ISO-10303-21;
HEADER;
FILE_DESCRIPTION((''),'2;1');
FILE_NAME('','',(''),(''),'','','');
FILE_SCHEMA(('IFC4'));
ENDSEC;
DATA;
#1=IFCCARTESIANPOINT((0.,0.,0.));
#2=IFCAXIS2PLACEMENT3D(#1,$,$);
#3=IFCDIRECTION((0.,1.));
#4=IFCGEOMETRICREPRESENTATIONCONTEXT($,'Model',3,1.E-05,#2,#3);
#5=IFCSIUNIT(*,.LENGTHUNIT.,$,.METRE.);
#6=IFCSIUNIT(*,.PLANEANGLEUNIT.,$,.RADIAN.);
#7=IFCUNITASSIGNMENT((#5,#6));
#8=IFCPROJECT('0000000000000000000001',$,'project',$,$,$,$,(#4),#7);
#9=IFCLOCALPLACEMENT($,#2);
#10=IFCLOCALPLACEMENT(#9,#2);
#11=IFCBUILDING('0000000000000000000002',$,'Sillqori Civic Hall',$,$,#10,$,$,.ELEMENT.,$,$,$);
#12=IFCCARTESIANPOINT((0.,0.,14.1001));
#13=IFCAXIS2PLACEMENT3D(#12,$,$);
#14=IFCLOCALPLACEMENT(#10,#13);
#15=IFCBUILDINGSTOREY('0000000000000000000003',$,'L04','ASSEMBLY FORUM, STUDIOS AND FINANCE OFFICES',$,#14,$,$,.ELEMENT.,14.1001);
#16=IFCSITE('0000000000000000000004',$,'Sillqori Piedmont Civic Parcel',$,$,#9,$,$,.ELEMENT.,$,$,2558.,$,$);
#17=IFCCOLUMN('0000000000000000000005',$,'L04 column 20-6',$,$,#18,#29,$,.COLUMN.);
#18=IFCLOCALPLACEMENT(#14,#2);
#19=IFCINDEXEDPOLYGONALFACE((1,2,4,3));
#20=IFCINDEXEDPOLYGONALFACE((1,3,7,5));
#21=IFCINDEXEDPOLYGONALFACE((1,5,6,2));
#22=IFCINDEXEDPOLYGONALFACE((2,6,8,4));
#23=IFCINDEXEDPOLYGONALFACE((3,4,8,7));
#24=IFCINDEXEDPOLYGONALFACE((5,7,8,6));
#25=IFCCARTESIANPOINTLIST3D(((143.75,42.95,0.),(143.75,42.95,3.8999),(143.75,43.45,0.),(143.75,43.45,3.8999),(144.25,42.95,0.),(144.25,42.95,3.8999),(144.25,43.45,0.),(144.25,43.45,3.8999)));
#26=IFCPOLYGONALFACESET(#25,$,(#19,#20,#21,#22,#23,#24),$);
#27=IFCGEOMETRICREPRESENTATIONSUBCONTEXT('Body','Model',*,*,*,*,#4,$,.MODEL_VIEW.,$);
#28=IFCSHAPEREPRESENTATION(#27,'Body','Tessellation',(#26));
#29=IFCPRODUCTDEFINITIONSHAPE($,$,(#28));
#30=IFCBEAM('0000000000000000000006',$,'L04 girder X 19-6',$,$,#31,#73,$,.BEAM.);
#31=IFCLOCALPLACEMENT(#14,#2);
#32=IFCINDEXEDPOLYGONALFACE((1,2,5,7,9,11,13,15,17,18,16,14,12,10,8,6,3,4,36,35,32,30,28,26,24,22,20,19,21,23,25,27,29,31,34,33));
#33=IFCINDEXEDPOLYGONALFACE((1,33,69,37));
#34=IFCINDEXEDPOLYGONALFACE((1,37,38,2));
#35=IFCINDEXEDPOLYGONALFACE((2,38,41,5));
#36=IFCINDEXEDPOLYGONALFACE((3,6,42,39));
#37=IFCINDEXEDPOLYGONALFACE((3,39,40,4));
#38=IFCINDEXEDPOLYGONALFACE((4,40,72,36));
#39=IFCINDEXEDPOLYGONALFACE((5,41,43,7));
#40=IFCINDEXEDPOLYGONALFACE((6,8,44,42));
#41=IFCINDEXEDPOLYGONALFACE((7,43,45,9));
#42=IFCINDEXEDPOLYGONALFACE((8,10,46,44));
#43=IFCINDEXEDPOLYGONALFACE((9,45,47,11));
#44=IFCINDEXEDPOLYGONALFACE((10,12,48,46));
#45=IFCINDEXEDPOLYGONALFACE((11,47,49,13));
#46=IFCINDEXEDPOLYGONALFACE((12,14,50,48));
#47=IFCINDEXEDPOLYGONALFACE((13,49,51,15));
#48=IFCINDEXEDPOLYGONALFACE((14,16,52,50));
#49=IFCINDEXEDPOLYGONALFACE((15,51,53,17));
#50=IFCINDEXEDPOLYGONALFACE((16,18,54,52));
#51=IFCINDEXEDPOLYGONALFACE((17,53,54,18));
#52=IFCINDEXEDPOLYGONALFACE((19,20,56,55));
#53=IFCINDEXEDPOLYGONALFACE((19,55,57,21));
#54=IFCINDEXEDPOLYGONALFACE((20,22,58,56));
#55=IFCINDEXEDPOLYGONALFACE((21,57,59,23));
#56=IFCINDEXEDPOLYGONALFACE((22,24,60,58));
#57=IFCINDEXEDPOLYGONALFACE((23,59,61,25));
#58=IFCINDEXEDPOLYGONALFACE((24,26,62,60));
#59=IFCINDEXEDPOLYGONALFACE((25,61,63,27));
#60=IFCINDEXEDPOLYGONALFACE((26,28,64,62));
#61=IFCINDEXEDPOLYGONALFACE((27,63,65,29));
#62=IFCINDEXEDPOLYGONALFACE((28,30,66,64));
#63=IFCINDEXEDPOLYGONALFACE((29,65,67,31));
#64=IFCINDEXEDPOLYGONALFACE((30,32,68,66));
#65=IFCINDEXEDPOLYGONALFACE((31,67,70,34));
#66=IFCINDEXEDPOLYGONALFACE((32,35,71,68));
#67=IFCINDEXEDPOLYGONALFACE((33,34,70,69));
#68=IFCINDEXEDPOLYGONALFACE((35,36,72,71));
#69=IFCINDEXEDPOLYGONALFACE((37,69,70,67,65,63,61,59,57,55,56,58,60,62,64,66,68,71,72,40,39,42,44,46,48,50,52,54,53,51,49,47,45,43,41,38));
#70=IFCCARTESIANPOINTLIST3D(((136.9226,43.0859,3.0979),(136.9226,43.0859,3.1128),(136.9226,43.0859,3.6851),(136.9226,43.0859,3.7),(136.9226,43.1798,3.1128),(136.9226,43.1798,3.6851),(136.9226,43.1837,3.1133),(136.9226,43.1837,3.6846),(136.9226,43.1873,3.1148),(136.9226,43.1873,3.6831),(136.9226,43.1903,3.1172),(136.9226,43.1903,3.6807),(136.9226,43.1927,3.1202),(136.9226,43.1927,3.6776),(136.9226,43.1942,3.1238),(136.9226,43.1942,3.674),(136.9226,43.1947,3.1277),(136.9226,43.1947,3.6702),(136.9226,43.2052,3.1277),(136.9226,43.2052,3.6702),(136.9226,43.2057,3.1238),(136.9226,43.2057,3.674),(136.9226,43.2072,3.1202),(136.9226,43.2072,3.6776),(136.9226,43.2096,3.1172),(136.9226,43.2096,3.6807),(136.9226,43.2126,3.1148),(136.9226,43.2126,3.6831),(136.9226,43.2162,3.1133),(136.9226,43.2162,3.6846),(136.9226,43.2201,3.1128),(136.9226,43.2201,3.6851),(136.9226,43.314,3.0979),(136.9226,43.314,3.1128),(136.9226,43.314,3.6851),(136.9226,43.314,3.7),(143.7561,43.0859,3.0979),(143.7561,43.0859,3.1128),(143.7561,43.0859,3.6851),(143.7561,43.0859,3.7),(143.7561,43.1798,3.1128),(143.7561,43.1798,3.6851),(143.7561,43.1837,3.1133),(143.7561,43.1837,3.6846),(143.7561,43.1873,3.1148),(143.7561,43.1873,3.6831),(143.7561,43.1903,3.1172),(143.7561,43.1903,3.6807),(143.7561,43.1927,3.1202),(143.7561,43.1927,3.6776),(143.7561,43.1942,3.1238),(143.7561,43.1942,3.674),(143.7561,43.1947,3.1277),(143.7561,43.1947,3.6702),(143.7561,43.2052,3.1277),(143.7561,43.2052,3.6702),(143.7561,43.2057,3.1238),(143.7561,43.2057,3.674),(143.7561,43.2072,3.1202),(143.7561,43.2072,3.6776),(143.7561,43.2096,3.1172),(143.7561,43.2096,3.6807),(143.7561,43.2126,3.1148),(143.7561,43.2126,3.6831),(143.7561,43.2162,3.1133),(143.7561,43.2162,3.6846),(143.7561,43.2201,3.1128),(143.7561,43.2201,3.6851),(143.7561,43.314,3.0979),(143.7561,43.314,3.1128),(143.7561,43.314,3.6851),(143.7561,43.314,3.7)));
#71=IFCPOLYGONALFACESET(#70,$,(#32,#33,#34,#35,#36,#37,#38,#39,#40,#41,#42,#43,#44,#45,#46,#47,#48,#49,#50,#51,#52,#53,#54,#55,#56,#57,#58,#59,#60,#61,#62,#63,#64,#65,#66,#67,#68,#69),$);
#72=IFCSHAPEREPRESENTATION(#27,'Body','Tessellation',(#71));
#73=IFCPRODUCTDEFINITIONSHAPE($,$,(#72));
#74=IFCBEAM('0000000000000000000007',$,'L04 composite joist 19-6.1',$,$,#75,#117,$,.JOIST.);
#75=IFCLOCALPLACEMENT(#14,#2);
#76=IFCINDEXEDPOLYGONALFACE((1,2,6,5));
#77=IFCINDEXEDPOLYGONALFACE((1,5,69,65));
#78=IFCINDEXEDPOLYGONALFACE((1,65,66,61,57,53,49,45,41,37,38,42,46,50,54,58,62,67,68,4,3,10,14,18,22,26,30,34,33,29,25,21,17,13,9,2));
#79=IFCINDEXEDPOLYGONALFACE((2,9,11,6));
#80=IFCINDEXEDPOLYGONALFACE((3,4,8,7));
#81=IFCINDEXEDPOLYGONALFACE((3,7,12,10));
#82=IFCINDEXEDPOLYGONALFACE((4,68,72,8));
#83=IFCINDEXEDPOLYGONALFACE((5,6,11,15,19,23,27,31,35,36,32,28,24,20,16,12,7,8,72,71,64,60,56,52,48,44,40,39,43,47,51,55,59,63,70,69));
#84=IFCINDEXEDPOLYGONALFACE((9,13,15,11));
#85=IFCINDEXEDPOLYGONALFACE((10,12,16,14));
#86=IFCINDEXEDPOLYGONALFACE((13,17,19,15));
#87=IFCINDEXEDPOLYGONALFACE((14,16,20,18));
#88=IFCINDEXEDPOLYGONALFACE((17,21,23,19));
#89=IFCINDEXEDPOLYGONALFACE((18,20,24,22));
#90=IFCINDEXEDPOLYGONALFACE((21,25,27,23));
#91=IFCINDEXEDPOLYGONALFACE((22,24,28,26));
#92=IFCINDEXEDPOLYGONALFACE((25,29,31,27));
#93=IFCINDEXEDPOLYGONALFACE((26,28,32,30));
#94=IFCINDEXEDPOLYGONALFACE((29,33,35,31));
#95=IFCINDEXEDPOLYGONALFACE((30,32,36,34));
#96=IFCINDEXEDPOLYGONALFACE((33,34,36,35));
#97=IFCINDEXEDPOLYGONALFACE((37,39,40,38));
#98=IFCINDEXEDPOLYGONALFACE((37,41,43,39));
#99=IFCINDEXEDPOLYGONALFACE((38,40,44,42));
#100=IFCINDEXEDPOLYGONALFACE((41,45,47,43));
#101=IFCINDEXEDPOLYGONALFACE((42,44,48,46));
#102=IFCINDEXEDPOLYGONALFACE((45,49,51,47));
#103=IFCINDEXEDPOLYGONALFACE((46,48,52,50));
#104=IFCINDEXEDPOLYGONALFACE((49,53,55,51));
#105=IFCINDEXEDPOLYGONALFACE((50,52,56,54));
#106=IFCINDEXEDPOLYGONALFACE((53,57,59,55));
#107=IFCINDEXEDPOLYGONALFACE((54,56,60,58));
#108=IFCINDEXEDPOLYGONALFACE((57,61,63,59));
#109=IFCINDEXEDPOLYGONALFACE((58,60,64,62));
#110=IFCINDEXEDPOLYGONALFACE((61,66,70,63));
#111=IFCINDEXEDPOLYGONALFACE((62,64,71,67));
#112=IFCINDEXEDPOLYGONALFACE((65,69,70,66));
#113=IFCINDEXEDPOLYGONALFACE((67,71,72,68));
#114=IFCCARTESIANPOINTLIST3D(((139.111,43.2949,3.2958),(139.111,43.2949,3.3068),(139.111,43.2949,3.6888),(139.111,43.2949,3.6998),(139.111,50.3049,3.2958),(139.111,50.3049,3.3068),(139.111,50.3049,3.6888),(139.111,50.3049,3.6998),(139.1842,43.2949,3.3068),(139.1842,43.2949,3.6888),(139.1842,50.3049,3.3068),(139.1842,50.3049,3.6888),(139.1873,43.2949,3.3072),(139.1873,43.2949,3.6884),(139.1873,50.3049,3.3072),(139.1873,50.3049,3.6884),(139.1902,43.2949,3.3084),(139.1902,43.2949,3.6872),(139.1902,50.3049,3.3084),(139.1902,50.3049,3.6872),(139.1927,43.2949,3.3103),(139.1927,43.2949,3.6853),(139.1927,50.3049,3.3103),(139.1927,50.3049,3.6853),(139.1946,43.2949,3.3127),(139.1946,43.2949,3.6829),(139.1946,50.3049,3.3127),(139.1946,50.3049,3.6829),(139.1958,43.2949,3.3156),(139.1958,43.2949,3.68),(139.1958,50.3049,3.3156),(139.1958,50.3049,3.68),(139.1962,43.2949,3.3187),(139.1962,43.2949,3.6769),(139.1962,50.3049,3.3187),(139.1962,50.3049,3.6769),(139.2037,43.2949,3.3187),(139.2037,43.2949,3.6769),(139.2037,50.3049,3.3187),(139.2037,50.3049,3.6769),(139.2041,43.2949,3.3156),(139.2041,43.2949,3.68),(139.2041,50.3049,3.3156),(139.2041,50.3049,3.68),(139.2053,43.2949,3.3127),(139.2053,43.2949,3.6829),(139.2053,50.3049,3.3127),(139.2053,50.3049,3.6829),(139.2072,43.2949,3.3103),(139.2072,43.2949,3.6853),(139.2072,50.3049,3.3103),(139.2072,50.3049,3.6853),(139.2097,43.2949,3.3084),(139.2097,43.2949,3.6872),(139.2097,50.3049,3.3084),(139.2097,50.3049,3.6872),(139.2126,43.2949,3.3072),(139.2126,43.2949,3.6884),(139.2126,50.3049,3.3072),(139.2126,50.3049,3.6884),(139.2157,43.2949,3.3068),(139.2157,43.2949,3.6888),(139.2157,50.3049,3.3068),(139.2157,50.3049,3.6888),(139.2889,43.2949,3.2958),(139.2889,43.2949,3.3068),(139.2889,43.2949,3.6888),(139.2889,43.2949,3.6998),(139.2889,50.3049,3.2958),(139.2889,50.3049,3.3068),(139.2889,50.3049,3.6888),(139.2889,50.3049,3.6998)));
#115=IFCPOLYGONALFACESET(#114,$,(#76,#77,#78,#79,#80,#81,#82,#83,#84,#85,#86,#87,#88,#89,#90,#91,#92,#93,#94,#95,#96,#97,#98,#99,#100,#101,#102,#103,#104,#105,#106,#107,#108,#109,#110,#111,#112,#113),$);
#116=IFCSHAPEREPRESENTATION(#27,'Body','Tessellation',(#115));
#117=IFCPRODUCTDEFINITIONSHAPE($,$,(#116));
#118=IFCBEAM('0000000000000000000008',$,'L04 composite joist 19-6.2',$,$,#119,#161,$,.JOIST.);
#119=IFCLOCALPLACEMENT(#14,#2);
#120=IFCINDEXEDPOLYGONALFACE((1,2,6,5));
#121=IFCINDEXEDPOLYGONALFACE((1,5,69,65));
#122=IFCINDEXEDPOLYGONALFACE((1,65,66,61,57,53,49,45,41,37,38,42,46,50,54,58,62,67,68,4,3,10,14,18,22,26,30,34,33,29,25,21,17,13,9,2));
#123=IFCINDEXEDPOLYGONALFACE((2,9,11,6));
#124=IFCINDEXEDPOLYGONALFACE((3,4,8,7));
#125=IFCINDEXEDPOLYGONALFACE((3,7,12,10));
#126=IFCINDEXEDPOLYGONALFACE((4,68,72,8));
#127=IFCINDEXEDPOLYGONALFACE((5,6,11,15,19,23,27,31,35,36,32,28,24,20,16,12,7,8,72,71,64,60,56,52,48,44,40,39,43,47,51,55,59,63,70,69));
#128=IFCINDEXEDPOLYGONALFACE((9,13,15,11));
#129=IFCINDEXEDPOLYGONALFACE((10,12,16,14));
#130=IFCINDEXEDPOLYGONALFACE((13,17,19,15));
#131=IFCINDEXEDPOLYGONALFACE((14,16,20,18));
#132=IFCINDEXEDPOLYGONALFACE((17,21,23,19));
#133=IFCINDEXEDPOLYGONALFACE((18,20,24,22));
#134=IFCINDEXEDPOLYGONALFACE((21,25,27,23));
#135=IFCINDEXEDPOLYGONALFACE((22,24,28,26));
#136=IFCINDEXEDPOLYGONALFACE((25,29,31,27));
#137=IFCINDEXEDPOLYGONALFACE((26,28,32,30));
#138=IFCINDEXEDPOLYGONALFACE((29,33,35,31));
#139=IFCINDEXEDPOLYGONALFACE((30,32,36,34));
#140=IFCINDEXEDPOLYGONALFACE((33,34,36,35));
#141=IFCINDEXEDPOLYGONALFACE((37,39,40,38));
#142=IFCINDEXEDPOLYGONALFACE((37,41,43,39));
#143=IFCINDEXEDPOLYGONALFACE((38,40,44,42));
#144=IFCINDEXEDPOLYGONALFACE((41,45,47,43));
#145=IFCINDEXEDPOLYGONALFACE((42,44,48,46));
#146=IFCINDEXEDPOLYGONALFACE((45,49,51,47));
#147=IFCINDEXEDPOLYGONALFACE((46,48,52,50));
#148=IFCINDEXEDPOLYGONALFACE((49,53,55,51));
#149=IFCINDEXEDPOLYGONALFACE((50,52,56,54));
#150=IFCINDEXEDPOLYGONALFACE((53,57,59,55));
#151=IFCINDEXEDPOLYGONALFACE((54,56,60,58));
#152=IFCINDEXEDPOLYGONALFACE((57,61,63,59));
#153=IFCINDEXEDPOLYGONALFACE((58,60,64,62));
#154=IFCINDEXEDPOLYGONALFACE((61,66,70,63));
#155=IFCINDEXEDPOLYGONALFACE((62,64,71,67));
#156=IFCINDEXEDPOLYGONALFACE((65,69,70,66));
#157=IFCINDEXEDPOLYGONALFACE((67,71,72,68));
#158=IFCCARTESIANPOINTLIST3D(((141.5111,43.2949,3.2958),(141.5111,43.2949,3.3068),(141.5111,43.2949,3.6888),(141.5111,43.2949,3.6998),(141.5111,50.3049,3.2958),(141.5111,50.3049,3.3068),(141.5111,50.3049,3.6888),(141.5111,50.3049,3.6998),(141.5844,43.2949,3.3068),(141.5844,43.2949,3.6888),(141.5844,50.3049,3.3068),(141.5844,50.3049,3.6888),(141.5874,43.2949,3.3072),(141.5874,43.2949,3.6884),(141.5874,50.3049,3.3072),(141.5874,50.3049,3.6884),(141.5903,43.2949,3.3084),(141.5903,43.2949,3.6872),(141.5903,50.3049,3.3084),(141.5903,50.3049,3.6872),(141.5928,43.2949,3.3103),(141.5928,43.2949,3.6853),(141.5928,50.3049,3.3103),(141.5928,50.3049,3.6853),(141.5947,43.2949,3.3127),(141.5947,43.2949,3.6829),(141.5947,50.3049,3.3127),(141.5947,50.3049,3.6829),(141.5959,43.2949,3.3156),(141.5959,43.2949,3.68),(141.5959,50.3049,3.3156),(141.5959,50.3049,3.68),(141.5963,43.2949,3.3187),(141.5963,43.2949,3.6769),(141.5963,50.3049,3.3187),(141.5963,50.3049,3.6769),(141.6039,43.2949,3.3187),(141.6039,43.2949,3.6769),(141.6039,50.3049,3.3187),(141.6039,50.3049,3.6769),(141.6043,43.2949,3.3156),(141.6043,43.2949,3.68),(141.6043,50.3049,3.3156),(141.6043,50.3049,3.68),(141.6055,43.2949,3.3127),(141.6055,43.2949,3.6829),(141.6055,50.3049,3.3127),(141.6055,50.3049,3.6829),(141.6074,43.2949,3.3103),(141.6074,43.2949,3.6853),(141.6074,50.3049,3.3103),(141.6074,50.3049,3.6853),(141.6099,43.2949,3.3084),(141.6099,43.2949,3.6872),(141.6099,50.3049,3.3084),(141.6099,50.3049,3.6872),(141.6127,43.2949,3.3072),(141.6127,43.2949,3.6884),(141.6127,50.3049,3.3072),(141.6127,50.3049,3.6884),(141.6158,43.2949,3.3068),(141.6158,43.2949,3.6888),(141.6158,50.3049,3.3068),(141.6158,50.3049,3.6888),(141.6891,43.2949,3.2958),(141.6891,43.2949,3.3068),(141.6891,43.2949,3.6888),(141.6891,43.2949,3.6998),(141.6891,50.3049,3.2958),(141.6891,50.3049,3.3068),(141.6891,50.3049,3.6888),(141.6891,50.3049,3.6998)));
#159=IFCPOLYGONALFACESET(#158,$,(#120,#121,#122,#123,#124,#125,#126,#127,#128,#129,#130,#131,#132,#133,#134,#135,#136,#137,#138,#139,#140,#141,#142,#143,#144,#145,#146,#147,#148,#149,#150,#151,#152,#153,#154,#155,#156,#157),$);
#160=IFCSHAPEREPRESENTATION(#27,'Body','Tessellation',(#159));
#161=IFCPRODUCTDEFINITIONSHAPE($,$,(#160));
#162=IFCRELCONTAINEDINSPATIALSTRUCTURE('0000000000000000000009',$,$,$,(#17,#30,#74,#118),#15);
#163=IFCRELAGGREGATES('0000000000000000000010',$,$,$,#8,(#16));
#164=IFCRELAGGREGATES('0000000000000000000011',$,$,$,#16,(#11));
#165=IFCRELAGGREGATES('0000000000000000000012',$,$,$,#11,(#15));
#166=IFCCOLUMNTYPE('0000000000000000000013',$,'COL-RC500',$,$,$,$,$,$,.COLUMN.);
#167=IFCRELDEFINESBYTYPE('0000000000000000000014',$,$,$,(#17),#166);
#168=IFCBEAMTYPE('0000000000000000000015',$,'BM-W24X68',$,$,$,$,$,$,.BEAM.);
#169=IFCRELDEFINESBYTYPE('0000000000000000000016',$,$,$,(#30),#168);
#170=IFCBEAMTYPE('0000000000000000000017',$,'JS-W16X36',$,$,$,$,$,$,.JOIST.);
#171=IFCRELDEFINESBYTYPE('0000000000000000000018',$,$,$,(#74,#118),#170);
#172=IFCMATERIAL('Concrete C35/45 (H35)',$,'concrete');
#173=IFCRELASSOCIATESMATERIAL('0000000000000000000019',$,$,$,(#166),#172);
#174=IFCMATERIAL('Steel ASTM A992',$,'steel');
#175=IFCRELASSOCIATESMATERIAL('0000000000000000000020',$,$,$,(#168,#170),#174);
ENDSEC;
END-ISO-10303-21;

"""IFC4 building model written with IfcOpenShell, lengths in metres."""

from ifc_helpers import new_model, si_unit, direction, frame, origin, origin_2d, place, context, subcontext, project, spatial, rectangle, i_section, extrude, material, material_profile, profile_set, type_object, element, save


model = new_model("IFC4")

# Units and contexts
model_context = context("Model", 3, precision=1e-05, world=origin(), true_north=direction((0.0, 1.0)))
body_context = subcontext(model_context, "Body", "Model", "MODEL_VIEW")
ifc_project = project(units=[si_unit("LENGTHUNIT", "METRE"), si_unit("PLANEANGLEUNIT", "RADIAN")], contexts=[model_context])

# Site, building, storey
site_placement = place(None, origin())
site = spatial("IfcSite", under=ifc_project, at=site_placement, Name="Sillqori Piedmont Civic Parcel", CompositionType="ELEMENT", RefElevation=2558.0)
building_placement = place(site_placement, origin())
building = spatial("IfcBuilding", under=site, at=building_placement, Name="Sillqori Civic Hall", CompositionType="ELEMENT")
storey_placement = place(building_placement, frame((0.0, 0.0, 14.1001)))
storey = spatial("IfcBuildingStorey", under=building, at=storey_placement, Name="L04", Description="ASSEMBLY FORUM, STUDIOS AND FINANCE OFFICES", CompositionType="ELEMENT", Elevation=14.1001)

# Column
ifc_material_1 = material(Name="Concrete C35/45 (H35)", Category="concrete")
ifc_material_profile_1 = material_profile(ifc_material_1, rectangle(XDim=0.5, YDim=0.5, at=origin_2d()), Name="RC 500x500")
ifc_profile_set_1 = profile_set([ifc_material_profile_1], Name="Concrete C35/45 (H35)")
column_type = type_object("IfcColumnType", Name="COL-RC500", PredefinedType="COLUMN", material=ifc_profile_set_1)
column_placement = place(storey_placement, frame((144.0, 43.2, 0.0), z_axis=(0.0, 0.0, 1.0), x_axis=(1.0, 0.0, 0.0)))
element("IfcColumn", 1, at=column_placement, inside=storey, type_object=column_type, Name="L04 column 20-6", PredefinedType="COLUMN", context=body_context, shape_type="SweptSolid", body=[
    extrude(rectangle(XDim=0.5, YDim=0.5, at=origin_2d()), origin(), (0.0, 0.0, 1.0), 3.8999),
])

# Beams
ifc_material_2 = material(Name="Steel ASTM A992", Category="steel")
ifc_material_profile_2 = material_profile(ifc_material_2, i_section(OverallWidth=0.228, OverallDepth=0.6021, WebThickness=0.0105, FlangeThickness=0.0149, FilletRadius=0.0149, at=origin_2d()), Name="W24X68")
ifc_profile_set_2 = profile_set([ifc_material_profile_2], Name="Steel ASTM A992")
beam_type_1 = type_object("IfcBeamType", Name="BM-W24X68", PredefinedType="BEAM", material=ifc_profile_set_2)
beam_1_placement = place(storey_placement, frame((136.9226, 43.2, 3.3989), z_axis=(1.0, 0.0, 0.0), x_axis=(0.0, 1.0, 0.0)))
element("IfcBeam", 2, at=beam_1_placement, inside=storey, type_object=beam_type_1, Name="L04 girder X 19-6", PredefinedType="BEAM", context=body_context, shape_type="SweptSolid", body=[
    extrude(i_section(OverallWidth=0.228, OverallDepth=0.6021, WebThickness=0.0105, FlangeThickness=0.0149, FilletRadius=0.0149, at=origin_2d()), origin(), (0.0, 0.0, 1.0), 6.8335),
])
ifc_material_profile_3 = material_profile(ifc_material_2, i_section(OverallWidth=0.178, OverallDepth=0.4041, WebThickness=0.0076, FlangeThickness=0.011, FilletRadius=0.012, at=origin_2d()), Name="W16X36")
ifc_profile_set_3 = profile_set([ifc_material_profile_3], Name="Steel ASTM A992")
beam_type_2 = type_object("IfcBeamType", Name="JS-W16X36", PredefinedType="JOIST", material=ifc_profile_set_3)
for number, where, z_axis, x_axis, name in (
    (3, (139.2, 43.2949, 3.4978), (0.0, 1.0, 0.0), (-1.0, 0.0, 0.0), "L04 composite joist 19-6.1"),
    (4, (141.6001, 43.2949, 3.4978), (0.0, 1.0, 0.0), (-1.0, 0.0, 0.0), "L04 composite joist 19-6.2"),
):
    element("IfcBeam", number, at=place(storey_placement, frame(where, z_axis=z_axis, x_axis=x_axis)), inside=storey, type_object=beam_type_2, Name=name, PredefinedType="JOIST", context=body_context, shape_type="SweptSolid", body=[
        extrude(i_section(OverallWidth=0.178, OverallDepth=0.4041, WebThickness=0.0076, FlangeThickness=0.011, FilletRadius=0.012, at=origin_2d()), origin(), (0.0, 0.0, 1.0), 7.01),
    ])

save(model, "model.ifc")
